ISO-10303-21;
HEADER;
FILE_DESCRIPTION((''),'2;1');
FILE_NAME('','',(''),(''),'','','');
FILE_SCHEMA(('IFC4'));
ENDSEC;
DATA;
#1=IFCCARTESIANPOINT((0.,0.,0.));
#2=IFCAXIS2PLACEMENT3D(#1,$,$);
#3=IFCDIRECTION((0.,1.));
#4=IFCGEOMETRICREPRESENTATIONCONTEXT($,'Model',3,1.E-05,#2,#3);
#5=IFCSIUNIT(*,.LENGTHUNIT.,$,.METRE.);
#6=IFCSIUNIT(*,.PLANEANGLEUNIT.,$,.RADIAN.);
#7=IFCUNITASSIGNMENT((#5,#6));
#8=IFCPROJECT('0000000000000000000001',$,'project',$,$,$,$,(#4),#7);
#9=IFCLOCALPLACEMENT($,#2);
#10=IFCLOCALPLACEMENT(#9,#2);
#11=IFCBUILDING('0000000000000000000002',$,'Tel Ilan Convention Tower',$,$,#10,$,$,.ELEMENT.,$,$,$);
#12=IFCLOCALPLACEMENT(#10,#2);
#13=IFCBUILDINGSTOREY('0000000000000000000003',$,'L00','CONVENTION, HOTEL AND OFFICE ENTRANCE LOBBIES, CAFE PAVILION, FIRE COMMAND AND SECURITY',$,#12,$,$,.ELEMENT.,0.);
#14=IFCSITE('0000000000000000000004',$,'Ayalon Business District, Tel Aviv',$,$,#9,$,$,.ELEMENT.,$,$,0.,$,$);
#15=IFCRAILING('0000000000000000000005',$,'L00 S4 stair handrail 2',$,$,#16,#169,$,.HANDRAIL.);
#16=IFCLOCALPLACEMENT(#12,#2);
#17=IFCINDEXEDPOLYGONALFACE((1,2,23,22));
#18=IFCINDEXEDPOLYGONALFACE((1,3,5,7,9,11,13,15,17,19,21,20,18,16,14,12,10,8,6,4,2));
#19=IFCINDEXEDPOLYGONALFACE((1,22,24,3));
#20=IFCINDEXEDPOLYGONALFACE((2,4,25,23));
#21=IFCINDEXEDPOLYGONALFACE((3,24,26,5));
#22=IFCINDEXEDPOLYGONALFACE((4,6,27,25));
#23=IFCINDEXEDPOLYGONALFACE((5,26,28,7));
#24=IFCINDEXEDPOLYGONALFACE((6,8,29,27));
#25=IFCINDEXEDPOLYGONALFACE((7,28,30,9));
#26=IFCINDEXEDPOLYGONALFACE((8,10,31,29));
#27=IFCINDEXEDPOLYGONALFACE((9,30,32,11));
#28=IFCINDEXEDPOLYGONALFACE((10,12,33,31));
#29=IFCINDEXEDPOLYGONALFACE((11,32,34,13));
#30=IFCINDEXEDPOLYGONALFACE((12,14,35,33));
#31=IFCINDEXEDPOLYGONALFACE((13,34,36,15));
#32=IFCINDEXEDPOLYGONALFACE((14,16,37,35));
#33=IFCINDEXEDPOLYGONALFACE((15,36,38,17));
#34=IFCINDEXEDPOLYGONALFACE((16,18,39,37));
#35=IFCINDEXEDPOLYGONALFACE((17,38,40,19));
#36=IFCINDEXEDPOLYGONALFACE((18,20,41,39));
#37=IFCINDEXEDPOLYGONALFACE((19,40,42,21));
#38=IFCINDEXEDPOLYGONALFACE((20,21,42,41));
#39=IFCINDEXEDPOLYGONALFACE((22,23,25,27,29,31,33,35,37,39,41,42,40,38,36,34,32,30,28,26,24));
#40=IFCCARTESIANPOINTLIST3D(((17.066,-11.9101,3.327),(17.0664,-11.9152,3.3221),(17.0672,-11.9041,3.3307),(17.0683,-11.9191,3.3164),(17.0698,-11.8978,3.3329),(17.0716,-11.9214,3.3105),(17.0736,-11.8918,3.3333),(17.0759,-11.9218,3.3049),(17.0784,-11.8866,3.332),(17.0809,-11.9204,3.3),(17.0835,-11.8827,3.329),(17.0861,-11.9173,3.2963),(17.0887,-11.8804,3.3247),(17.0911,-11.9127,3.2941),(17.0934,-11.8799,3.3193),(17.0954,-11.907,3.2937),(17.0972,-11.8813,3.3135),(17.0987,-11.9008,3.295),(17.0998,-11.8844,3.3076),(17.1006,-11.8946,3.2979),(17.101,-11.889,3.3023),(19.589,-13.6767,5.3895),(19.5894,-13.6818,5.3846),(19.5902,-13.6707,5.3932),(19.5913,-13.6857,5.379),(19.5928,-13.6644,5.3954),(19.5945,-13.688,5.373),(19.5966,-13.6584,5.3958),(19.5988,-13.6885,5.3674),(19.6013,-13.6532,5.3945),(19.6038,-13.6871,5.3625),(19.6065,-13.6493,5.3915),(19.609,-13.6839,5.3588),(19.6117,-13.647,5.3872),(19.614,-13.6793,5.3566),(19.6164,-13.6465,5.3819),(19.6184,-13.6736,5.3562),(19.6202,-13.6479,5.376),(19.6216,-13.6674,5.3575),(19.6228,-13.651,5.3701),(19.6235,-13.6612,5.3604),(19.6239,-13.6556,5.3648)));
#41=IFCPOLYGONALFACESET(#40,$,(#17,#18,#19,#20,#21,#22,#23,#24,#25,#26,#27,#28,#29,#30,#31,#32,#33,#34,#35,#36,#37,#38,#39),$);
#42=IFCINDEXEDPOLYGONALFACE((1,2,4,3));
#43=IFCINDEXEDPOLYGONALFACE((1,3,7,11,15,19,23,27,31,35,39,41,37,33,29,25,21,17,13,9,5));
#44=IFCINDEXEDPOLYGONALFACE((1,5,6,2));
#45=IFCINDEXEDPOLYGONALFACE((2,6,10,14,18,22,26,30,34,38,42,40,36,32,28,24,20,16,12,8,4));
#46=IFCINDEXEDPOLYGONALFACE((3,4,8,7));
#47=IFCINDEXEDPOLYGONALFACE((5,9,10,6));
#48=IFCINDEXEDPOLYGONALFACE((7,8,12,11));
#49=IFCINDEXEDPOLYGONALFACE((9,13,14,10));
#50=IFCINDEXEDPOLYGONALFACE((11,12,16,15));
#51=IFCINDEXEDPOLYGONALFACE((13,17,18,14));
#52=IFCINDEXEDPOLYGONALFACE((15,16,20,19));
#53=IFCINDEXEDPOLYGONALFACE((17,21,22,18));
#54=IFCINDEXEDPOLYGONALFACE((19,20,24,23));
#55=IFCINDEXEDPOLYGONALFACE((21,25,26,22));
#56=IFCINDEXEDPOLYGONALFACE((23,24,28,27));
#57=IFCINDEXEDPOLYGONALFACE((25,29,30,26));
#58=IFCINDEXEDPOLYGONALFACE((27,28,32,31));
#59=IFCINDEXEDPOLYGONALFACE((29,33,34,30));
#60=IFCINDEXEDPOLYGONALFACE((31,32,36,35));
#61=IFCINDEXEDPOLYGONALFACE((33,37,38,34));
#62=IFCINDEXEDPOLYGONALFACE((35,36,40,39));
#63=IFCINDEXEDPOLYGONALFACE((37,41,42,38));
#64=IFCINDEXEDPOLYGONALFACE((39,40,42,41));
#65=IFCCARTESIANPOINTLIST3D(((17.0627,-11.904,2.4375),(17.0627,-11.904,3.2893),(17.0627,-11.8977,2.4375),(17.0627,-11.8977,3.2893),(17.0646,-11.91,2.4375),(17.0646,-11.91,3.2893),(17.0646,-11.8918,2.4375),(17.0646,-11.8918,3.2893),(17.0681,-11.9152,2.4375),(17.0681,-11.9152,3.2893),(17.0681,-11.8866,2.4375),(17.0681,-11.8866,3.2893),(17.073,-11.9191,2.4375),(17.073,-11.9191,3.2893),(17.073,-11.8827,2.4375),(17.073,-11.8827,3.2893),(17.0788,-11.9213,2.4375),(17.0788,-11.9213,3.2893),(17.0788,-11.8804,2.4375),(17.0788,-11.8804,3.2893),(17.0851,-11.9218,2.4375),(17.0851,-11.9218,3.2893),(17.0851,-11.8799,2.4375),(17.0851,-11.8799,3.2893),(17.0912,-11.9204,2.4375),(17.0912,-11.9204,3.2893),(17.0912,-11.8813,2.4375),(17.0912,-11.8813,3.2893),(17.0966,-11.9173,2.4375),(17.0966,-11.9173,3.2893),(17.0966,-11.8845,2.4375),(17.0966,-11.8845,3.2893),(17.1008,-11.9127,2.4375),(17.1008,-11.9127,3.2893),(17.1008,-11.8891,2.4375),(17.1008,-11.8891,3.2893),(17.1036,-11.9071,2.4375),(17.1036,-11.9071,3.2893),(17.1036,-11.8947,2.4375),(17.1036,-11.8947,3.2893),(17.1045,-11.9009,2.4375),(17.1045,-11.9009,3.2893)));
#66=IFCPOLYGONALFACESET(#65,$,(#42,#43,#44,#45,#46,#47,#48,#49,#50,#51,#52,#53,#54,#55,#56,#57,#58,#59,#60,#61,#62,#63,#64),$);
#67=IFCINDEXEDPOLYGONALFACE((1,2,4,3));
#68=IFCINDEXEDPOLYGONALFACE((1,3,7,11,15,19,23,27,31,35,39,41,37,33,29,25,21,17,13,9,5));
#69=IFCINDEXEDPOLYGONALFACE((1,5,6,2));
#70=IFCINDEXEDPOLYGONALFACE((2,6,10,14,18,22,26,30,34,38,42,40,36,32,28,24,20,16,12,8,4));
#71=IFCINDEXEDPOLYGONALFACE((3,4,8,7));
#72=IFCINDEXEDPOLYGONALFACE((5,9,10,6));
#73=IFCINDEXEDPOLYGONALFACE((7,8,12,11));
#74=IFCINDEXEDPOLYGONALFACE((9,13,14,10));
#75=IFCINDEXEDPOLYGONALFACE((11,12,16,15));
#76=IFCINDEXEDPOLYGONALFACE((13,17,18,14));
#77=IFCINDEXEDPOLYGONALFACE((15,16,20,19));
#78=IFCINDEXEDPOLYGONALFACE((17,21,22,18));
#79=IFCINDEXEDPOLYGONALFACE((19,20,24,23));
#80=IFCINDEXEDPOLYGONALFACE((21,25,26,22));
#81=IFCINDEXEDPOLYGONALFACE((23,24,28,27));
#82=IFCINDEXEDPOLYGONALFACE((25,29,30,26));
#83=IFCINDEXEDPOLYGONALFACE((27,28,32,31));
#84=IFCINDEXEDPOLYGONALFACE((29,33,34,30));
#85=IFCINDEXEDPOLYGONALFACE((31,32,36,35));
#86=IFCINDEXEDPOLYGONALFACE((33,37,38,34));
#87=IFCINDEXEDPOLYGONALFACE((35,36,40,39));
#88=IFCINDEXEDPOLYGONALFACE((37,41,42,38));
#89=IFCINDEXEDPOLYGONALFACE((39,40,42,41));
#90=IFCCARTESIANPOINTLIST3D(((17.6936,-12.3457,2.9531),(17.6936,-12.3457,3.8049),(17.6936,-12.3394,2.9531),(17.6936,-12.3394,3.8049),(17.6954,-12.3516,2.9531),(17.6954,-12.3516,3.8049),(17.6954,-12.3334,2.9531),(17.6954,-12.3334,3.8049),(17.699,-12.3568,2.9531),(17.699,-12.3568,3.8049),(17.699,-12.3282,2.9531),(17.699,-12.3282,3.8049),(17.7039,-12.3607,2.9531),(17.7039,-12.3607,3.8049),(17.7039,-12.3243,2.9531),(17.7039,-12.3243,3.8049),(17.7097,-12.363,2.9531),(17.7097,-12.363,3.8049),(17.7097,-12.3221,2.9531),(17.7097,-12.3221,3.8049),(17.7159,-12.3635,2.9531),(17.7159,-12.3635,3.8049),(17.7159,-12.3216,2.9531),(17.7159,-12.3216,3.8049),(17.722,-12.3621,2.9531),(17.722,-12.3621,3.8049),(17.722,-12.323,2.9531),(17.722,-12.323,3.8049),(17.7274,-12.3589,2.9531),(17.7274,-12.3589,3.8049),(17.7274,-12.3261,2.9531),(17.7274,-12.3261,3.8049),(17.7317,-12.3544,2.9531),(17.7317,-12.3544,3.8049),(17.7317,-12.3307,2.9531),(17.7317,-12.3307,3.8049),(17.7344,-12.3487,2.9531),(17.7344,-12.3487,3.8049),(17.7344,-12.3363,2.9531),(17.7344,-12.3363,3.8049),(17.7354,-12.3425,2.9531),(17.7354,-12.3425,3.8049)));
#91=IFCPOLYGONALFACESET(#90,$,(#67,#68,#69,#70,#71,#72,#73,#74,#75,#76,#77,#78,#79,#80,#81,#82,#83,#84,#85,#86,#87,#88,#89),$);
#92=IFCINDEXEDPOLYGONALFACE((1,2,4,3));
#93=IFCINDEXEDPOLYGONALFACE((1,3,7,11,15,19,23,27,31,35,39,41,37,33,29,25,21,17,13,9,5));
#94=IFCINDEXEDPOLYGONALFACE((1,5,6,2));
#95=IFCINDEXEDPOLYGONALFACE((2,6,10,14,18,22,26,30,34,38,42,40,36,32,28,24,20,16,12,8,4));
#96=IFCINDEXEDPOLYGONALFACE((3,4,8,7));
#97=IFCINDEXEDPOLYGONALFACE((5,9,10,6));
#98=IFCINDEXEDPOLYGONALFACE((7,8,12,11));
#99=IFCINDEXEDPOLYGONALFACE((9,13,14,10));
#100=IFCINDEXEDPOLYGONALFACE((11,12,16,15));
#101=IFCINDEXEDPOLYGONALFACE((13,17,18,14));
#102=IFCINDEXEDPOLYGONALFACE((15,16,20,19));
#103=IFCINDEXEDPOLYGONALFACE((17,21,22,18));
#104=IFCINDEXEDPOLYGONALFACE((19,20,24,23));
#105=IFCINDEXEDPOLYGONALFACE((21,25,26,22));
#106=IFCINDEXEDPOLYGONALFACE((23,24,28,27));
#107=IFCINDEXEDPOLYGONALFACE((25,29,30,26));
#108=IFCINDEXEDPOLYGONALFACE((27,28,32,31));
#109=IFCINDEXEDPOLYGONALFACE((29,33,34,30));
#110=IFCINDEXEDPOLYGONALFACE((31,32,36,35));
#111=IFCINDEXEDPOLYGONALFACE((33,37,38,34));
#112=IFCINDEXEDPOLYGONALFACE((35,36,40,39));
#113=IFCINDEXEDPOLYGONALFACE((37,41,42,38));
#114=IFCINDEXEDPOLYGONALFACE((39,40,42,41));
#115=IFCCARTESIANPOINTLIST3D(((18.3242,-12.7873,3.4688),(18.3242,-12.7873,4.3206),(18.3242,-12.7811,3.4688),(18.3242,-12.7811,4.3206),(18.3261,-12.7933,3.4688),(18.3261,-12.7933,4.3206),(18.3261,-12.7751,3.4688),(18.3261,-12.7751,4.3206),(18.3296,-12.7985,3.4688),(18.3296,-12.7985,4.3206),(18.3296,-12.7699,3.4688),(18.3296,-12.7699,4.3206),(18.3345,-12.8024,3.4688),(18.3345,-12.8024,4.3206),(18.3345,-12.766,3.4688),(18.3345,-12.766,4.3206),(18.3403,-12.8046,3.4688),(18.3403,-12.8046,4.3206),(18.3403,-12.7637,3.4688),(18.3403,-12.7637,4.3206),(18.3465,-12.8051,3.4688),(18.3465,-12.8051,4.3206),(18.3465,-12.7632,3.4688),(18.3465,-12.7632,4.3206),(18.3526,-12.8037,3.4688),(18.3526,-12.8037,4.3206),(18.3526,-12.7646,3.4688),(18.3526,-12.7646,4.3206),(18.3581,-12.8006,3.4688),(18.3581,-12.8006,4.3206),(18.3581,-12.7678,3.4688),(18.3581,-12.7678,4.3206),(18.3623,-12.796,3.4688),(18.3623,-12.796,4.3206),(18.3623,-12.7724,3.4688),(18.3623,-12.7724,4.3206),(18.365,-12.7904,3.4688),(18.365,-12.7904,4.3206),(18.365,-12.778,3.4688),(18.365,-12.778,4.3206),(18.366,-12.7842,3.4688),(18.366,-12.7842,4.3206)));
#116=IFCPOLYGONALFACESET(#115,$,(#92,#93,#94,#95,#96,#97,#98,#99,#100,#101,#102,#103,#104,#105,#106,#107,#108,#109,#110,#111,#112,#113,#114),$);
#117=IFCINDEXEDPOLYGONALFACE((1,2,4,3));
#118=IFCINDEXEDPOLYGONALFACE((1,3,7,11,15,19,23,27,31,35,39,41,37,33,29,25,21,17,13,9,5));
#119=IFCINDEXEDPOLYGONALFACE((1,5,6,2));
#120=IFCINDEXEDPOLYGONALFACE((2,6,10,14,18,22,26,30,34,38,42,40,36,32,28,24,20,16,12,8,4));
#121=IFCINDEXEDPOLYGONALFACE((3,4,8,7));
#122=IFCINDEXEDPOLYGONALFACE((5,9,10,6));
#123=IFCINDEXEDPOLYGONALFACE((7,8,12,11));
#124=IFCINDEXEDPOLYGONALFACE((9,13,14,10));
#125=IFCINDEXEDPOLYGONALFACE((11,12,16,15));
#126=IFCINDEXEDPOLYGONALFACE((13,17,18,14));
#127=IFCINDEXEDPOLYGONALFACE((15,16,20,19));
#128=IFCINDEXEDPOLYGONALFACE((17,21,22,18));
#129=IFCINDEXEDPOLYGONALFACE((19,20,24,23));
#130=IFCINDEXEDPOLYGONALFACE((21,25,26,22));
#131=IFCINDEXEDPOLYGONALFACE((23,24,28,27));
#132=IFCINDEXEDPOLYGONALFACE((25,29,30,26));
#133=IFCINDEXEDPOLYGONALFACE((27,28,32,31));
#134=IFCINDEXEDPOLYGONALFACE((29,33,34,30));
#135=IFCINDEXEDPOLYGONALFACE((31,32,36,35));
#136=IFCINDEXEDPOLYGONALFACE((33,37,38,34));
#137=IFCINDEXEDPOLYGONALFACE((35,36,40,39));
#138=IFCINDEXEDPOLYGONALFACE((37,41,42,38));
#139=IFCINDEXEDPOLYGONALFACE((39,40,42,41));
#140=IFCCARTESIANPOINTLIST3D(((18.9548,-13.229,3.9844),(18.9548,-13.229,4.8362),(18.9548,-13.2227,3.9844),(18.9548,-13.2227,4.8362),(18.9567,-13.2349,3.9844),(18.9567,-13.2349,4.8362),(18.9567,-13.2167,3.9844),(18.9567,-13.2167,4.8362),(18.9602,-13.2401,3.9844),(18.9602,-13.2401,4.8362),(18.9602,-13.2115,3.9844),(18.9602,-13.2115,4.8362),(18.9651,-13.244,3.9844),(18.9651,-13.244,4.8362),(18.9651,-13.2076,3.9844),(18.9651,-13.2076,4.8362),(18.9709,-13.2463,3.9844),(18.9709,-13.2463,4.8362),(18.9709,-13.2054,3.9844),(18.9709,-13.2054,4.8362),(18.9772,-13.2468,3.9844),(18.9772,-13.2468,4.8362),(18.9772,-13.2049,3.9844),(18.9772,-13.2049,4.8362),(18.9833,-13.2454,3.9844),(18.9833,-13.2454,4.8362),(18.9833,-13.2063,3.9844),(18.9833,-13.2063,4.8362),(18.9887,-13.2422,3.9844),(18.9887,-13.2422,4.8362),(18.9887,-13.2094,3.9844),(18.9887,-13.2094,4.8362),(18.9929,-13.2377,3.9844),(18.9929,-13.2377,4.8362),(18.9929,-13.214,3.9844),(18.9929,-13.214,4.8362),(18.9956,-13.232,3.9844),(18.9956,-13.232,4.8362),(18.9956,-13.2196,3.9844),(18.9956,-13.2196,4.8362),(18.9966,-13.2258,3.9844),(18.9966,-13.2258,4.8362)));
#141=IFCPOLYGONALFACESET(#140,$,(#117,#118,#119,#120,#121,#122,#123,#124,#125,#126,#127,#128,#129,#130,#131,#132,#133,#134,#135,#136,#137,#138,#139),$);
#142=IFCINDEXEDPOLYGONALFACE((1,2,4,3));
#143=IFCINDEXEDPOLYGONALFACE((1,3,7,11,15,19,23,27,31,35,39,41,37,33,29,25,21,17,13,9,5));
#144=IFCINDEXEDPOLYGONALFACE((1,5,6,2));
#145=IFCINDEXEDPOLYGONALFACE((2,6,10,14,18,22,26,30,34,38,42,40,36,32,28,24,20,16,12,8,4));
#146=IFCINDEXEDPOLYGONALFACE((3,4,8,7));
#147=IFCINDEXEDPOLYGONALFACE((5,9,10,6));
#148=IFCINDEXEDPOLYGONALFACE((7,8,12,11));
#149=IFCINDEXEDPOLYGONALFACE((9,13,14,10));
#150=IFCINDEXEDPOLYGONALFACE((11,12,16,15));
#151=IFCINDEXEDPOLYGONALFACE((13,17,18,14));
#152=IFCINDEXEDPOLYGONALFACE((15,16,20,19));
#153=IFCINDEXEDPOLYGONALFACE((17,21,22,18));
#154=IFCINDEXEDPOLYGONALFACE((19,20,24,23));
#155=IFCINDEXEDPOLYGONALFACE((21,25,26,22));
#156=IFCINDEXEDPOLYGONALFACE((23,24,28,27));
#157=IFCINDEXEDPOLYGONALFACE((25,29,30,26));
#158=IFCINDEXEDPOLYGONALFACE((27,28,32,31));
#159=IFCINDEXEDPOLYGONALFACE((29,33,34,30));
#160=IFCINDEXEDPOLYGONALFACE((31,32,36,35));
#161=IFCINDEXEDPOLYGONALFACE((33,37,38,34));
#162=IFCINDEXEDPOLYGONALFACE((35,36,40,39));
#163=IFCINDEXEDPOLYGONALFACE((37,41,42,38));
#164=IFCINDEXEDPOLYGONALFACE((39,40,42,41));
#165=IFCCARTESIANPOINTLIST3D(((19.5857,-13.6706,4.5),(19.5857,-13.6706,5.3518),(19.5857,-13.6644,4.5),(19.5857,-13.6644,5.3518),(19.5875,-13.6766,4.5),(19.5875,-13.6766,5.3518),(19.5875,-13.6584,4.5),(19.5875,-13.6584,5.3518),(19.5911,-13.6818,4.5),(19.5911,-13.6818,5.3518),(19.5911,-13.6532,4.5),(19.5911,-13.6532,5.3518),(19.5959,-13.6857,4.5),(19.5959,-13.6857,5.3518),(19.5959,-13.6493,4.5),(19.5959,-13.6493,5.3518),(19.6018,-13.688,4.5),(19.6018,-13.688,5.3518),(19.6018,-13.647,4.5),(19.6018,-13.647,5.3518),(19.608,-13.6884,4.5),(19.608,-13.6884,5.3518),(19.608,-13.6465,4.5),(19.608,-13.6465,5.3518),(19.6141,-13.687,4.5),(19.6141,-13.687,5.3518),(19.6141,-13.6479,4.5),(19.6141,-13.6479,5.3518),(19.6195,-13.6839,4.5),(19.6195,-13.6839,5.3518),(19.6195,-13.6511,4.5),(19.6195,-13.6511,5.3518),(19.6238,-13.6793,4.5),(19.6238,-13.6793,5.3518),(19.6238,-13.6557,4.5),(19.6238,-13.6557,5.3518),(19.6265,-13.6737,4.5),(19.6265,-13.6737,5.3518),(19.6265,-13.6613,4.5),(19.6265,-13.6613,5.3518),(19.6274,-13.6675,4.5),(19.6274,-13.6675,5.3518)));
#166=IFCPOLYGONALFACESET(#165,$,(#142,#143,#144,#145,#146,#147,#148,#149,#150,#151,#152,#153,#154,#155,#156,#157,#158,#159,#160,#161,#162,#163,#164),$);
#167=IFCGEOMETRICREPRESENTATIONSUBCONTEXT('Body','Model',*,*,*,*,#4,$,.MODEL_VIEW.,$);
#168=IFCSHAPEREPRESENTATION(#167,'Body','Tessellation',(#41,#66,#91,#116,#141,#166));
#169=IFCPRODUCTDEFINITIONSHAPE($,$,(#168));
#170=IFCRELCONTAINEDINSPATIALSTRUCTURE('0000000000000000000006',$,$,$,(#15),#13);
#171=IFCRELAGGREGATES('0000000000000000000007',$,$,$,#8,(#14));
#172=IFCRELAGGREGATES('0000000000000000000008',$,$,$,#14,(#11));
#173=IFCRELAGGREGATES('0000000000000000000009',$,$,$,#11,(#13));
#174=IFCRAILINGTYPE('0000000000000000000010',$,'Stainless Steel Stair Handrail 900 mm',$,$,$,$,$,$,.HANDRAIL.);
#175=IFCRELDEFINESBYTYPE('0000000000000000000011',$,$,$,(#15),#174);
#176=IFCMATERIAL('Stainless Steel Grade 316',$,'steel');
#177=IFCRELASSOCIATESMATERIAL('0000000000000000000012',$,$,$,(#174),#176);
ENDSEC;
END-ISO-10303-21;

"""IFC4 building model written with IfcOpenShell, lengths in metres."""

from ifc_helpers import new_model, si_unit, direction, frame, origin, origin_2d, place, context, subcontext, project, spatial, circle, extrude, material, type_object, element, save


model = new_model("IFC4")

# Units and contexts
model_context = context("Model", 3, precision=1e-05, world=origin(), true_north=direction((0.0, 1.0)))
body_context = subcontext(model_context, "Body", "Model", "MODEL_VIEW")
ifc_project = project(units=[si_unit("LENGTHUNIT", "METRE"), si_unit("PLANEANGLEUNIT", "RADIAN")], contexts=[model_context])

# Site, building, storey
site_placement = place(None, origin())
site = spatial("IfcSite", under=ifc_project, at=site_placement, Name="Ayalon Business District, Tel Aviv", CompositionType="ELEMENT", RefElevation=0.0)
building_placement = place(site_placement, origin())
building = spatial("IfcBuilding", under=site, at=building_placement, Name="Tel Ilan Convention Tower", CompositionType="ELEMENT")
storey_placement = place(building_placement, origin())
storey = spatial("IfcBuildingStorey", under=building, at=storey_placement, Name="L00", Description="CONVENTION, HOTEL AND OFFICE ENTRANCE LOBBIES, CAFE PAVILION, FIRE COMMAND AND SECURITY", CompositionType="ELEMENT", Elevation=0.0)

# Railing
ifc_material_1 = material(Name="Stainless Steel Grade 316", Category="steel")
railing_type_1 = type_object("IfcRailingType", Name="Stainless Steel Stair Handrail 900 mm", PredefinedType="HANDRAIL", material=ifc_material_1)
for number, where, name in (
    (1, (17.0835, -11.9009, 2.4375), "L00 S4 stair handrail 2"),
):
    element("IfcRailing", number, at=place(storey_placement, frame(where)), inside=storey, type_object=railing_type_1, Name=name, PredefinedType="HANDRAIL", context=body_context, shape_type="SweptSolid", body=[
        extrude(circle(Radius=0.0239, at=origin_2d()), frame((0.0, 0.0, 0.876), z_axis=(0.680635, -0.476589, 0.556416), x_axis=(0.573579, 0.81915, 0.0)), (0.0, 0.0, 1.0), 3.7068),
        extrude(circle(Radius=0.021, at=origin_2d()), origin(), (0.0, 0.0, 1.0), 0.8518),
        extrude(circle(Radius=0.021, at=origin_2d()), frame((0.6309, -0.4417, 0.5156)), (0.0, 0.0, 1.0), 0.8518),
        extrude(circle(Radius=0.021, at=origin_2d()), frame((1.2615, -0.8833, 1.0312)), (0.0, 0.0, 1.0), 0.8518),
        extrude(circle(Radius=0.021, at=origin_2d()), frame((1.8921, -1.325, 1.5469)), (0.0, 0.0, 1.0), 0.8518),
        extrude(circle(Radius=0.021, at=origin_2d()), frame((2.5229, -1.7666, 2.0625)), (0.0, 0.0, 1.0), 0.8518),
    ])

save(model, "model.ifc")
